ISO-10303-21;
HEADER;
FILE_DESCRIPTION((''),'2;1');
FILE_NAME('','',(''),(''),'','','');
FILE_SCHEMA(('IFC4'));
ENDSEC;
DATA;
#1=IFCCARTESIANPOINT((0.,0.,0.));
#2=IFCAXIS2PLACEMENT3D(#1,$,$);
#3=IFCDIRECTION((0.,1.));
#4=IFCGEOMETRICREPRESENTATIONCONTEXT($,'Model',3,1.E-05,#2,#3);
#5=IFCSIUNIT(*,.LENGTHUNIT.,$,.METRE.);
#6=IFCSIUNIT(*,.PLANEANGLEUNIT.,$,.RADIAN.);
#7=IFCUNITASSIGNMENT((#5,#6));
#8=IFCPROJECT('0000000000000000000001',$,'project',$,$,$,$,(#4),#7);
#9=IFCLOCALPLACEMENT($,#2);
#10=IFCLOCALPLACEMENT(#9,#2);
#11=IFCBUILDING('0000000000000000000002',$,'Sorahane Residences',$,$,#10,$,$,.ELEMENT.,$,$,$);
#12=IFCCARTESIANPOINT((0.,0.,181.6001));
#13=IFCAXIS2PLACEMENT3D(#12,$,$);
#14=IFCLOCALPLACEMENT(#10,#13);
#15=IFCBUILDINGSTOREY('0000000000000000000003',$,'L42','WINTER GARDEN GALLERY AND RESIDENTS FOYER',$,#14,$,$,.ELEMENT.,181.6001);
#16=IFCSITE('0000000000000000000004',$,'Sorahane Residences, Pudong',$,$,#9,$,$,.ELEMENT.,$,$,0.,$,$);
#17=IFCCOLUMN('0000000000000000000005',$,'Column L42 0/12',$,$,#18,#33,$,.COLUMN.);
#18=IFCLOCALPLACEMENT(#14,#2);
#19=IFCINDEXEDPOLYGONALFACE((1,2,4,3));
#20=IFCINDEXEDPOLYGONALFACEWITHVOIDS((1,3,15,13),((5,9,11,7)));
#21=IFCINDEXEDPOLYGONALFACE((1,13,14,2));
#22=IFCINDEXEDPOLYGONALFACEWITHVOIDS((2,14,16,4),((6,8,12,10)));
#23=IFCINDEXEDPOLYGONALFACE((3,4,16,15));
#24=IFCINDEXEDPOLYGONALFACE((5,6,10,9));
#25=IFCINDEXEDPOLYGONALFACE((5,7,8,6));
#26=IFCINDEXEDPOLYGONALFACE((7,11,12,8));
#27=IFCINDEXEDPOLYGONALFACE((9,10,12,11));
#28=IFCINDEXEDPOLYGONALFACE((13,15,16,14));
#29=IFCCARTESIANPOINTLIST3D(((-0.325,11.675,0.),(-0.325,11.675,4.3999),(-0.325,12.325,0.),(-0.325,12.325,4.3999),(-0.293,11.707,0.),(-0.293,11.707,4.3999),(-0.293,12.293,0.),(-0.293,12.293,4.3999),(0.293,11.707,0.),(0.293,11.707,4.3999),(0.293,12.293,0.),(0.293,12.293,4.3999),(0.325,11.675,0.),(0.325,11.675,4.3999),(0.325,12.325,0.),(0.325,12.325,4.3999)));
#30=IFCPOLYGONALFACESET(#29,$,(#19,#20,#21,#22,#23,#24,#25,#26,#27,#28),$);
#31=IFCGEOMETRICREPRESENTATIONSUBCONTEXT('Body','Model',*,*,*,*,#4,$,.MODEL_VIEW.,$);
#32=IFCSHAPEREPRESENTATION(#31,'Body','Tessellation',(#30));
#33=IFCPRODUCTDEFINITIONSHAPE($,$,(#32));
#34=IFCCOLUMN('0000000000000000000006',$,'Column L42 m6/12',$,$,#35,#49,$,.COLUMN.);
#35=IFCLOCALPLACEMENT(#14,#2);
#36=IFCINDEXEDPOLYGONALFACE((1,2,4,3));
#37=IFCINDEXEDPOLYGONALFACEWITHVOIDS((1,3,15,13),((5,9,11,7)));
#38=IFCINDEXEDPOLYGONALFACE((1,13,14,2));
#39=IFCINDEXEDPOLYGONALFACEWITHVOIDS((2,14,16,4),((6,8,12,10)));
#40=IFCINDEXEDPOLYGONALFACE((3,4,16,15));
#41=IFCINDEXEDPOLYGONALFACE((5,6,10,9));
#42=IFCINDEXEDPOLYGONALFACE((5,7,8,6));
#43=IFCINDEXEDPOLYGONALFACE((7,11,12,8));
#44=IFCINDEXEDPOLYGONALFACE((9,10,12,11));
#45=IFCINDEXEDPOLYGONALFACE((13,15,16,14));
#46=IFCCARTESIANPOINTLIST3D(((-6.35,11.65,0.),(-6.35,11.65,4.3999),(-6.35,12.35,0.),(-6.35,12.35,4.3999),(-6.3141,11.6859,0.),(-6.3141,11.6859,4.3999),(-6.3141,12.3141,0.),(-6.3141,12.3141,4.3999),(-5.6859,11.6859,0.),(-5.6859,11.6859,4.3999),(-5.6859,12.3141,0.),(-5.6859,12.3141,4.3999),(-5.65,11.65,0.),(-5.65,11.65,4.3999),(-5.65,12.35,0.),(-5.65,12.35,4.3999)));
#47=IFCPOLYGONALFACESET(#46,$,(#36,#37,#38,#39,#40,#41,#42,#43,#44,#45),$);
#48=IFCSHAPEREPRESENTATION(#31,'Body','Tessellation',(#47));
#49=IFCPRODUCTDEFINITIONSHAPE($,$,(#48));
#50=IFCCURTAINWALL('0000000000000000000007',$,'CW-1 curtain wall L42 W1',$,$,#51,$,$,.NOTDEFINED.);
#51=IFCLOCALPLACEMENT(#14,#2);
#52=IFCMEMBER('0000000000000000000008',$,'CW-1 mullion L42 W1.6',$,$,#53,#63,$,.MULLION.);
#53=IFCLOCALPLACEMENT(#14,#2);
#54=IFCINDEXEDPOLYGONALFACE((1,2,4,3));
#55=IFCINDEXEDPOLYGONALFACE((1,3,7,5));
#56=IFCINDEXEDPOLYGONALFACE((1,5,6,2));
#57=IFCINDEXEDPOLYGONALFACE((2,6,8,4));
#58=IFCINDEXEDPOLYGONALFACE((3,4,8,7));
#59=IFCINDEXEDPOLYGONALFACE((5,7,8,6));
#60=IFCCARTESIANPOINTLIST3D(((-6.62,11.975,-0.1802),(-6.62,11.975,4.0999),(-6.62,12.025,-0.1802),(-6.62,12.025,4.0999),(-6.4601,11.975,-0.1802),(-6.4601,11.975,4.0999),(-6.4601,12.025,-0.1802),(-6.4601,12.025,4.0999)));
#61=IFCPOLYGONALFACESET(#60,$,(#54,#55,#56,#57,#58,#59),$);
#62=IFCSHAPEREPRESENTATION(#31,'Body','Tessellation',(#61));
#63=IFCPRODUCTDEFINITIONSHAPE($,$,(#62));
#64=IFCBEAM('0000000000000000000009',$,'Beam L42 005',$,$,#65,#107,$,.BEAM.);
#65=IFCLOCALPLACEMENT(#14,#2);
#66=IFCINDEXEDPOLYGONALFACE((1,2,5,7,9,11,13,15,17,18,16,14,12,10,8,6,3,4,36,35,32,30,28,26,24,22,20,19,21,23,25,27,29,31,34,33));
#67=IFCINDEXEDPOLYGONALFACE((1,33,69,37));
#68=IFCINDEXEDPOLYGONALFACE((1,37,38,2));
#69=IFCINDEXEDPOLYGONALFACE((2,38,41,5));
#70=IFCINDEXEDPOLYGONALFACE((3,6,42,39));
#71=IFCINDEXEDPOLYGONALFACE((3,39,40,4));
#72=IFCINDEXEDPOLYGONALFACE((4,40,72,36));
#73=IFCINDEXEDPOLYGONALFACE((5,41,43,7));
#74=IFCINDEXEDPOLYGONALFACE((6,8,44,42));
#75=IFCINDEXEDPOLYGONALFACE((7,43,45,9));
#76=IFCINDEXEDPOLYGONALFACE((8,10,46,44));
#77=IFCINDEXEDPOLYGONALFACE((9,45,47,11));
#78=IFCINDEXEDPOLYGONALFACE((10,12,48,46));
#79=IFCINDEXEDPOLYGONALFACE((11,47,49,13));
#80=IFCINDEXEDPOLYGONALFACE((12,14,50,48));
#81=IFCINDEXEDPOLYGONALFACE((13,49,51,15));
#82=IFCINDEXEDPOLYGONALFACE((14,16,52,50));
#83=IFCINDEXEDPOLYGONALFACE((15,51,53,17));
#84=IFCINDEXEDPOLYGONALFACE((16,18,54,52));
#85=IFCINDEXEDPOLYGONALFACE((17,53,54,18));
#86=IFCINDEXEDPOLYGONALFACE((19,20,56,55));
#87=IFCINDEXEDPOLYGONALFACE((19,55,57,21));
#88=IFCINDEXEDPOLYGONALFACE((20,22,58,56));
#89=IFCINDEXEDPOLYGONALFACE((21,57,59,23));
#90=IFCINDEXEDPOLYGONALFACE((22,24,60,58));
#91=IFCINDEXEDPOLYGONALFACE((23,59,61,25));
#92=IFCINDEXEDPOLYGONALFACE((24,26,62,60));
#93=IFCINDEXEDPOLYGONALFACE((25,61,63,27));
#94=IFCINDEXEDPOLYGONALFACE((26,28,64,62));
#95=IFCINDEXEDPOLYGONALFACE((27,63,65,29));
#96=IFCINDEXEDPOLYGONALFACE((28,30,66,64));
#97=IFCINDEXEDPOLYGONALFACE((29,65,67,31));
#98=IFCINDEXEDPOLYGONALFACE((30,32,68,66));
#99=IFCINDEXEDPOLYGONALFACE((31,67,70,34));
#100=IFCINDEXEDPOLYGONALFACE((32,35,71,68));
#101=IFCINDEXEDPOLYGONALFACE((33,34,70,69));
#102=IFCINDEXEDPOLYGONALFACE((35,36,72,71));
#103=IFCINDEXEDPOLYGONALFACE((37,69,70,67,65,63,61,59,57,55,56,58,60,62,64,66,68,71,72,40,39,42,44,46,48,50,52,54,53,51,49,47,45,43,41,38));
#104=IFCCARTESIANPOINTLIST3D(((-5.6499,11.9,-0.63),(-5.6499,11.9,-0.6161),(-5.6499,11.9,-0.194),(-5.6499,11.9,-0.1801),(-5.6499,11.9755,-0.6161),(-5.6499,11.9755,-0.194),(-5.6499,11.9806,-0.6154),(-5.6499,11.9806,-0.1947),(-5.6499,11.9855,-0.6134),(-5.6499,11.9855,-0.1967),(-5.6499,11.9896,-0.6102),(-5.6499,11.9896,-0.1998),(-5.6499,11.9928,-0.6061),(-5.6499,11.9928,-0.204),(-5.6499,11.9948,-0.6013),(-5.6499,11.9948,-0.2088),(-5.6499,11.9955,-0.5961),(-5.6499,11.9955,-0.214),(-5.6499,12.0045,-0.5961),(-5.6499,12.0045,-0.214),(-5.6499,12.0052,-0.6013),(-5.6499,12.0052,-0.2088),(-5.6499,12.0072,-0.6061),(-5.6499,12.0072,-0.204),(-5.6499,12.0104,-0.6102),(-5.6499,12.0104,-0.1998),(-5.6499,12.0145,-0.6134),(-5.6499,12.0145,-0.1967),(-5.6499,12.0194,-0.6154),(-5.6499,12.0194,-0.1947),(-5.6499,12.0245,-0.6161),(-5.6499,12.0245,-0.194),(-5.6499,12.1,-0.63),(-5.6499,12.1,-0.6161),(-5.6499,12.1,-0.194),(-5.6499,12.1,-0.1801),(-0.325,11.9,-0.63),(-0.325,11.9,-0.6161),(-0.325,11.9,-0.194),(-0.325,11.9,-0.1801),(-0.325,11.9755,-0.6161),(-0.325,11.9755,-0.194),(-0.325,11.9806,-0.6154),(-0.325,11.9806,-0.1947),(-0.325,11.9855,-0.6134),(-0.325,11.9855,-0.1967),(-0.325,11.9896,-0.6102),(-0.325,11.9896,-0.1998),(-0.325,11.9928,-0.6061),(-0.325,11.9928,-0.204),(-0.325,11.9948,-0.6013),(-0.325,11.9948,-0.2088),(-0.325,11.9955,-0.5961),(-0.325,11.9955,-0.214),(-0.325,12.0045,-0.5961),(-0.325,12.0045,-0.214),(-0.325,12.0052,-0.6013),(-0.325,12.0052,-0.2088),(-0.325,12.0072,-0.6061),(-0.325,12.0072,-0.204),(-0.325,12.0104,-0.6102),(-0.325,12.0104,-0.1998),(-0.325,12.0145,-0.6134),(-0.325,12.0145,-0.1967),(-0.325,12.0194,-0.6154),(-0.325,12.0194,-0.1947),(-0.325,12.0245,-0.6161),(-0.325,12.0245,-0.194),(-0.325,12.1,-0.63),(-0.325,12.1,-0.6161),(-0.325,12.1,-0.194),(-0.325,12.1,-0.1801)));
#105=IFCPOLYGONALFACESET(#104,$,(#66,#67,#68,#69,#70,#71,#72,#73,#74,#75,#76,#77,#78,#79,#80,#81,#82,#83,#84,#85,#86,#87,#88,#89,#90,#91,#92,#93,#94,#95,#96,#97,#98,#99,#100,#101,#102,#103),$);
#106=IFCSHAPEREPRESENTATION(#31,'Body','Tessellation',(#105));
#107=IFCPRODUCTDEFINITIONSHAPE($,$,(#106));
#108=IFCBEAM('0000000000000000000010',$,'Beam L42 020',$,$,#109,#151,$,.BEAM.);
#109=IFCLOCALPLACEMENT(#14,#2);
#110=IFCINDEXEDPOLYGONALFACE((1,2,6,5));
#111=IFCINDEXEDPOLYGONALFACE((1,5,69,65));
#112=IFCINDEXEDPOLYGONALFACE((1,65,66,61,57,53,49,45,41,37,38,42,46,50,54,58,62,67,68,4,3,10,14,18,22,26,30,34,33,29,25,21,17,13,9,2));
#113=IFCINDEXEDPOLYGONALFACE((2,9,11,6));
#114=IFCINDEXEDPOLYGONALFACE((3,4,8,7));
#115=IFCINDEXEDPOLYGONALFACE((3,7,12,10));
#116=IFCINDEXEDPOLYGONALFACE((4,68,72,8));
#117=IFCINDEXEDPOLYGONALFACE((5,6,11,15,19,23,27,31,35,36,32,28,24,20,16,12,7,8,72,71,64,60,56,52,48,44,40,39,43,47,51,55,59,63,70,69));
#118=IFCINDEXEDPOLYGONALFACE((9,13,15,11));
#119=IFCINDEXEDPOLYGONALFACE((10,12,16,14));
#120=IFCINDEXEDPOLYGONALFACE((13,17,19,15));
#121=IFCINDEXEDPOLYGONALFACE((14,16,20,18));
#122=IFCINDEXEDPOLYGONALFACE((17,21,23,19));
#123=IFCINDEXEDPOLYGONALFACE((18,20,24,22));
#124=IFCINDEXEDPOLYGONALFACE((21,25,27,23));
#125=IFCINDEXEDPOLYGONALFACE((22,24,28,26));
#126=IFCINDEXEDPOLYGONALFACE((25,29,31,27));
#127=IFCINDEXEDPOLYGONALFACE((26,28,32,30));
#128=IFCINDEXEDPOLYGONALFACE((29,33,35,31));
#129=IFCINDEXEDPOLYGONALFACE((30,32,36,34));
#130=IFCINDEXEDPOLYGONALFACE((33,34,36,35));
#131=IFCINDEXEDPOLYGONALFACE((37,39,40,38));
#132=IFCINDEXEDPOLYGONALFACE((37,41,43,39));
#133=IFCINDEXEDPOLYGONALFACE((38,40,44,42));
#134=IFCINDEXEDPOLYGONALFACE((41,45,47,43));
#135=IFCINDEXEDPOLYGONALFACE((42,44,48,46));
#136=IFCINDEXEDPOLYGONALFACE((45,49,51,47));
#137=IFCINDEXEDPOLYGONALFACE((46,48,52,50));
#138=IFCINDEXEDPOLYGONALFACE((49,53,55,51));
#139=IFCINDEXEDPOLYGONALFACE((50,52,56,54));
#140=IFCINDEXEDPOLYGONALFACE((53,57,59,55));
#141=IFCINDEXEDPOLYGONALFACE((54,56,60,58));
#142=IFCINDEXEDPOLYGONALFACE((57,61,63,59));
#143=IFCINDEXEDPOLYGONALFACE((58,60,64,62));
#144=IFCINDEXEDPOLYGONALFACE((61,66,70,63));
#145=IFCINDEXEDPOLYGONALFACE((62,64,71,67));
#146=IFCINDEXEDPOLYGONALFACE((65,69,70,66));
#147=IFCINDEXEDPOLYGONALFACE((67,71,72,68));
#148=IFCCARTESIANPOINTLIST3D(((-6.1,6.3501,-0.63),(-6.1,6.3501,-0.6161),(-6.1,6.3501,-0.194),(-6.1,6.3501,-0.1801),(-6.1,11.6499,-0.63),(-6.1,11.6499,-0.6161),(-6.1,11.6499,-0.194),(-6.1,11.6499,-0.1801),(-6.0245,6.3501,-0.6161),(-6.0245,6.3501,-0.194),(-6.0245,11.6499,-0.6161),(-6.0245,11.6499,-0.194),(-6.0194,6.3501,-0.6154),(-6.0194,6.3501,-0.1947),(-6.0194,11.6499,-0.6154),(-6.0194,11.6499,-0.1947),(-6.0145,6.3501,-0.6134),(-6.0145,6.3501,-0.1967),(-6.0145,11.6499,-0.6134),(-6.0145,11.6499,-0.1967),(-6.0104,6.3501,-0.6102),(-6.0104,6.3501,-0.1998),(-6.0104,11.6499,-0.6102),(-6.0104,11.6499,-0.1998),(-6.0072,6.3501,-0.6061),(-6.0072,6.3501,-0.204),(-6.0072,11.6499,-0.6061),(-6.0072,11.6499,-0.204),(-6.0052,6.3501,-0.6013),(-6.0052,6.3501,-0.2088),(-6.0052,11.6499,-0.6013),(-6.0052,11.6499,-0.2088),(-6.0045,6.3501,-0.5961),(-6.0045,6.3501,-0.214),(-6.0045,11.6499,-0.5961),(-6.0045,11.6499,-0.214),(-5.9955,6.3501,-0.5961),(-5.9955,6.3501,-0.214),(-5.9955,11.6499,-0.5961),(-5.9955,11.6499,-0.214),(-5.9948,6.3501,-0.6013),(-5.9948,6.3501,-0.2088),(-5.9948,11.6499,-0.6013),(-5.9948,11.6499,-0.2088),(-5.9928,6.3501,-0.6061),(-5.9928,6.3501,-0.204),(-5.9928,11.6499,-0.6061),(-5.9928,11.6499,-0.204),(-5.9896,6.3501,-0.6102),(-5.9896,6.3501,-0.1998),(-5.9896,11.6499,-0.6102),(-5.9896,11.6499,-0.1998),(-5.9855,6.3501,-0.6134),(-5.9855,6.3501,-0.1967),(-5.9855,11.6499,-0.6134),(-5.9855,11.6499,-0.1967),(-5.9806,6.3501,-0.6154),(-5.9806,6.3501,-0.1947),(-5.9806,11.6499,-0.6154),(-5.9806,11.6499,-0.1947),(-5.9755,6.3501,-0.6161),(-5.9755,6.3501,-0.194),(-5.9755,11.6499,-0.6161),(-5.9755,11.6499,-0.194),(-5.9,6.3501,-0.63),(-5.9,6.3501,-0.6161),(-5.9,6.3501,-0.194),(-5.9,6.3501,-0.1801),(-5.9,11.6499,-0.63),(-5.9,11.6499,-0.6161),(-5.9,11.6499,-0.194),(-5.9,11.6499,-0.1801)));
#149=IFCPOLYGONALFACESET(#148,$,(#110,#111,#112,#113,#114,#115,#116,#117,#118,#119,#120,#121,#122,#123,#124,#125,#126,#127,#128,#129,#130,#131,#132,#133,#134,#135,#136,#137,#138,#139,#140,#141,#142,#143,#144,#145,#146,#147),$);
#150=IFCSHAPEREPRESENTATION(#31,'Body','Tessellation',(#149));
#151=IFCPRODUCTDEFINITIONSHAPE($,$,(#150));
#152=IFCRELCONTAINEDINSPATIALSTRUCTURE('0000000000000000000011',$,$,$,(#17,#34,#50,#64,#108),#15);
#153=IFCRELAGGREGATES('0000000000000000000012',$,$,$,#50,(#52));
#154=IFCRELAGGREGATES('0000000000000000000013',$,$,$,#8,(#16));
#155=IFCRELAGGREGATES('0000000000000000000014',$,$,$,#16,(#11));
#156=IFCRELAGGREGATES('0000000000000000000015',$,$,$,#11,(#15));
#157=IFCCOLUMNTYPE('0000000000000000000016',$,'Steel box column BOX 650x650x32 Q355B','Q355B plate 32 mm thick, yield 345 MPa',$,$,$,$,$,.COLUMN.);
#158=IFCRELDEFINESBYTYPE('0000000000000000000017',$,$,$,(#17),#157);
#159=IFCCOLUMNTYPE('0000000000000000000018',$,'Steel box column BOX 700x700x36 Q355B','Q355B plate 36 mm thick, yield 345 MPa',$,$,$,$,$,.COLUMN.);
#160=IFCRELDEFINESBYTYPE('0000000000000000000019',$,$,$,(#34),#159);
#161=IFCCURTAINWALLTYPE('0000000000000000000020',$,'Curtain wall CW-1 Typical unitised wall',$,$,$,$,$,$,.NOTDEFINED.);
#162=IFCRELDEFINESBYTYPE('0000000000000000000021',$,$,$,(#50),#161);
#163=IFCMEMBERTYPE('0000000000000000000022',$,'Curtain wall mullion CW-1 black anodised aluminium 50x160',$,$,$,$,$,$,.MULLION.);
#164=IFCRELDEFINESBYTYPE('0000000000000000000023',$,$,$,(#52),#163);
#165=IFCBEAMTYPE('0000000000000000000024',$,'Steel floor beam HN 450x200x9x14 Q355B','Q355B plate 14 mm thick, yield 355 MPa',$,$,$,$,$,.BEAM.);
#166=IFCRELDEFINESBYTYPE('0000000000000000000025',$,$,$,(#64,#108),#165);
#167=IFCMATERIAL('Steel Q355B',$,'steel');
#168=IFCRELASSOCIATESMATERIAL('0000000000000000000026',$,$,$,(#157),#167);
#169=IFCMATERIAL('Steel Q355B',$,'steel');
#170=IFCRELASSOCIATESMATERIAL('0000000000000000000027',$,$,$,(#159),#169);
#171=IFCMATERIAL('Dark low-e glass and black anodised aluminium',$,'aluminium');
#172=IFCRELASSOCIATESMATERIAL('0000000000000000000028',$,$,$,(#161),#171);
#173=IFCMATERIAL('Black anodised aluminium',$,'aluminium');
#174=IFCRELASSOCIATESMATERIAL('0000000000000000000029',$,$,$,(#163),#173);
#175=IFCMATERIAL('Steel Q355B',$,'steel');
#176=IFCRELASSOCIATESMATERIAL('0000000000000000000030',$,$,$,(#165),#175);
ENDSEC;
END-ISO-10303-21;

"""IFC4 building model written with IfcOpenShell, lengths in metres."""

from ifc_helpers import new_model, si_unit, direction, frame, origin, origin_2d, place, context, subcontext, project, spatial, rectangle, hollow_rectangle, i_section, extrude, material, material_profile, profile_set, type_object, element, aggregate, save


model = new_model("IFC4")

# Units and contexts
model_context = context("Model", 3, precision=1e-05, world=origin(), true_north=direction((0.0, 1.0)))
body_context = subcontext(model_context, "Body", "Model", "MODEL_VIEW")
ifc_project = project(units=[si_unit("LENGTHUNIT", "METRE"), si_unit("PLANEANGLEUNIT", "RADIAN")], contexts=[model_context])

# Site, building, storey
site_placement = place(None, origin())
site = spatial("IfcSite", under=ifc_project, at=site_placement, Name="Sorahane Residences, Pudong", CompositionType="ELEMENT", RefElevation=0.0)
building_placement = place(site_placement, origin())
building = spatial("IfcBuilding", under=site, at=building_placement, Name="Sorahane Residences", CompositionType="ELEMENT")
storey_placement = place(building_placement, frame((0.0, 0.0, 181.6001)))
storey = spatial("IfcBuildingStorey", under=building, at=storey_placement, Name="L42", Description="WINTER GARDEN GALLERY AND RESIDENTS FOYER", CompositionType="ELEMENT", Elevation=181.6001)

# Columns
ifc_material_1 = material(Name="Steel Q355B", Category="steel")
ifc_material_profile_1 = material_profile(ifc_material_1, hollow_rectangle(XDim=0.6499, YDim=0.6499, WallThickness=0.032, at=origin_2d()), Name="BOX 650x650x32")
ifc_profile_set_1 = profile_set([ifc_material_profile_1], Name="Steel Q355B")
column_type_1 = type_object("IfcColumnType", Name="Steel box column BOX 650x650x32 Q355B", Description="Q355B plate 32 mm thick, yield 345 MPa", PredefinedType="COLUMN", material=ifc_profile_set_1)
column_1_placement = place(storey_placement, frame((0.0, 12.0, 0.0), z_axis=(0.0, 0.0, 1.0), x_axis=(1.0, 0.0, 0.0)))
element("IfcColumn", 1, at=column_1_placement, inside=storey, type_object=column_type_1, Name="Column L42 0/12", PredefinedType="COLUMN", context=body_context, shape_type="SweptSolid", body=[
    extrude(hollow_rectangle(XDim=0.6499, YDim=0.6499, WallThickness=0.032, at=origin_2d()), origin(), (0.0, 0.0, 1.0), 4.3999),
])
ifc_material_2 = material(Name="Steel Q355B", Category="steel")
ifc_material_profile_2 = material_profile(ifc_material_2, hollow_rectangle(XDim=0.7, YDim=0.7, WallThickness=0.0359, at=origin_2d()), Name="BOX 700x700x36")
ifc_profile_set_2 = profile_set([ifc_material_profile_2], Name="Steel Q355B")
column_type_2 = type_object("IfcColumnType", Name="Steel box column BOX 700x700x36 Q355B", Description="Q355B plate 36 mm thick, yield 345 MPa", PredefinedType="COLUMN", material=ifc_profile_set_2)
column_2_placement = place(storey_placement, frame((-6.0, 12.0, 0.0), z_axis=(0.0, 0.0, 1.0), x_axis=(1.0, 0.0, 0.0)))
element("IfcColumn", 2, at=column_2_placement, inside=storey, type_object=column_type_2, Name="Column L42 m6/12", PredefinedType="COLUMN", context=body_context, shape_type="SweptSolid", body=[
    extrude(hollow_rectangle(XDim=0.7, YDim=0.7, WallThickness=0.0359, at=origin_2d()), origin(), (0.0, 0.0, 1.0), 4.3999),
])

# Curtain wall, member
ifc_material_3 = material(Name="Dark low-e glass and black anodised aluminium", Category="aluminium")
curtain_wall_type = type_object("IfcCurtainWallType", Name="Curtain wall CW-1 Typical unitised wall", PredefinedType="NOTDEFINED", material=ifc_material_3)
curtain_wall_placement = place(storey_placement, origin())
curtain_wall = element("IfcCurtainWall", 3, at=curtain_wall_placement, inside=storey, type_object=curtain_wall_type, Name="CW-1 curtain wall L42 W1", PredefinedType="NOTDEFINED")
ifc_material_4 = material(Name="Black anodised aluminium", Category="aluminium")
ifc_material_profile_3 = material_profile(ifc_material_4, rectangle(XDim=0.1599, YDim=0.05, at=origin_2d()), Name="Curtain wall mullion CW-1 black anodised aluminium 50x160")
ifc_profile_set_3 = profile_set([ifc_material_profile_3], Name="Black anodised aluminium")
member_type = type_object("IfcMemberType", Name="Curtain wall mullion CW-1 black anodised aluminium 50x160", PredefinedType="MULLION", material=ifc_profile_set_3)
member_placement = place(storey_placement, frame((-6.54, 12.0, -0.1802), z_axis=(0.0, 0.0, 1.0), x_axis=(-1.0, 0.0, 0.0)))
member = element("IfcMember", 4, at=member_placement, type_object=member_type, Name="CW-1 mullion L42 W1.6", PredefinedType="MULLION", context=body_context, shape_type="SweptSolid", body=[
    extrude(rectangle(XDim=0.1599, YDim=0.05, at=origin_2d()), origin(), (0.0, 0.0, 1.0), 4.28),
])

# Beams
ifc_material_5 = material(Name="Steel Q355B", Category="steel")
ifc_material_profile_4 = material_profile(ifc_material_5, i_section(OverallWidth=0.2, OverallDepth=0.45, WebThickness=0.009, FlangeThickness=0.0139, FilletRadius=0.02, at=origin_2d()), Name="HN 450x200x9x14")
ifc_profile_set_4 = profile_set([ifc_material_profile_4], Name="Steel Q355B")
beam_type_1 = type_object("IfcBeamType", Name="Steel floor beam HN 450x200x9x14 Q355B", Description="Q355B plate 14 mm thick, yield 355 MPa", PredefinedType="BEAM", material=ifc_profile_set_4)
beam_1_placement = place(storey_placement, frame((-5.6499, 12.0, -0.405), z_axis=(1.0, 0.0, 0.0), x_axis=(0.0, 1.0, 0.0)))
element("IfcBeam", 5, at=beam_1_placement, inside=storey, type_object=beam_type_1, Name="Beam L42 005", PredefinedType="BEAM", context=body_context, shape_type="SweptSolid", body=[
    extrude(i_section(OverallWidth=0.2, OverallDepth=0.45, WebThickness=0.009, FlangeThickness=0.0139, FilletRadius=0.02, at=origin_2d()), origin(), (0.0, 0.0, 1.0), 5.325),
])
beam_2_placement = place(storey_placement, frame((-6.0, 6.3501, -0.405), z_axis=(0.0, 1.0, 0.0), x_axis=(-1.0, 0.0, 0.0)))
element("IfcBeam", 6, at=beam_2_placement, inside=storey, type_object=beam_type_1, Name="Beam L42 020", PredefinedType="BEAM", context=body_context, shape_type="SweptSolid", body=[
    extrude(i_section(OverallWidth=0.2, OverallDepth=0.45, WebThickness=0.009, FlangeThickness=0.0139, FilletRadius=0.02, at=origin_2d()), origin(), (0.0, 0.0, 1.0), 5.2998),
])

aggregate(curtain_wall, [member])

save(model, "model.ifc")
